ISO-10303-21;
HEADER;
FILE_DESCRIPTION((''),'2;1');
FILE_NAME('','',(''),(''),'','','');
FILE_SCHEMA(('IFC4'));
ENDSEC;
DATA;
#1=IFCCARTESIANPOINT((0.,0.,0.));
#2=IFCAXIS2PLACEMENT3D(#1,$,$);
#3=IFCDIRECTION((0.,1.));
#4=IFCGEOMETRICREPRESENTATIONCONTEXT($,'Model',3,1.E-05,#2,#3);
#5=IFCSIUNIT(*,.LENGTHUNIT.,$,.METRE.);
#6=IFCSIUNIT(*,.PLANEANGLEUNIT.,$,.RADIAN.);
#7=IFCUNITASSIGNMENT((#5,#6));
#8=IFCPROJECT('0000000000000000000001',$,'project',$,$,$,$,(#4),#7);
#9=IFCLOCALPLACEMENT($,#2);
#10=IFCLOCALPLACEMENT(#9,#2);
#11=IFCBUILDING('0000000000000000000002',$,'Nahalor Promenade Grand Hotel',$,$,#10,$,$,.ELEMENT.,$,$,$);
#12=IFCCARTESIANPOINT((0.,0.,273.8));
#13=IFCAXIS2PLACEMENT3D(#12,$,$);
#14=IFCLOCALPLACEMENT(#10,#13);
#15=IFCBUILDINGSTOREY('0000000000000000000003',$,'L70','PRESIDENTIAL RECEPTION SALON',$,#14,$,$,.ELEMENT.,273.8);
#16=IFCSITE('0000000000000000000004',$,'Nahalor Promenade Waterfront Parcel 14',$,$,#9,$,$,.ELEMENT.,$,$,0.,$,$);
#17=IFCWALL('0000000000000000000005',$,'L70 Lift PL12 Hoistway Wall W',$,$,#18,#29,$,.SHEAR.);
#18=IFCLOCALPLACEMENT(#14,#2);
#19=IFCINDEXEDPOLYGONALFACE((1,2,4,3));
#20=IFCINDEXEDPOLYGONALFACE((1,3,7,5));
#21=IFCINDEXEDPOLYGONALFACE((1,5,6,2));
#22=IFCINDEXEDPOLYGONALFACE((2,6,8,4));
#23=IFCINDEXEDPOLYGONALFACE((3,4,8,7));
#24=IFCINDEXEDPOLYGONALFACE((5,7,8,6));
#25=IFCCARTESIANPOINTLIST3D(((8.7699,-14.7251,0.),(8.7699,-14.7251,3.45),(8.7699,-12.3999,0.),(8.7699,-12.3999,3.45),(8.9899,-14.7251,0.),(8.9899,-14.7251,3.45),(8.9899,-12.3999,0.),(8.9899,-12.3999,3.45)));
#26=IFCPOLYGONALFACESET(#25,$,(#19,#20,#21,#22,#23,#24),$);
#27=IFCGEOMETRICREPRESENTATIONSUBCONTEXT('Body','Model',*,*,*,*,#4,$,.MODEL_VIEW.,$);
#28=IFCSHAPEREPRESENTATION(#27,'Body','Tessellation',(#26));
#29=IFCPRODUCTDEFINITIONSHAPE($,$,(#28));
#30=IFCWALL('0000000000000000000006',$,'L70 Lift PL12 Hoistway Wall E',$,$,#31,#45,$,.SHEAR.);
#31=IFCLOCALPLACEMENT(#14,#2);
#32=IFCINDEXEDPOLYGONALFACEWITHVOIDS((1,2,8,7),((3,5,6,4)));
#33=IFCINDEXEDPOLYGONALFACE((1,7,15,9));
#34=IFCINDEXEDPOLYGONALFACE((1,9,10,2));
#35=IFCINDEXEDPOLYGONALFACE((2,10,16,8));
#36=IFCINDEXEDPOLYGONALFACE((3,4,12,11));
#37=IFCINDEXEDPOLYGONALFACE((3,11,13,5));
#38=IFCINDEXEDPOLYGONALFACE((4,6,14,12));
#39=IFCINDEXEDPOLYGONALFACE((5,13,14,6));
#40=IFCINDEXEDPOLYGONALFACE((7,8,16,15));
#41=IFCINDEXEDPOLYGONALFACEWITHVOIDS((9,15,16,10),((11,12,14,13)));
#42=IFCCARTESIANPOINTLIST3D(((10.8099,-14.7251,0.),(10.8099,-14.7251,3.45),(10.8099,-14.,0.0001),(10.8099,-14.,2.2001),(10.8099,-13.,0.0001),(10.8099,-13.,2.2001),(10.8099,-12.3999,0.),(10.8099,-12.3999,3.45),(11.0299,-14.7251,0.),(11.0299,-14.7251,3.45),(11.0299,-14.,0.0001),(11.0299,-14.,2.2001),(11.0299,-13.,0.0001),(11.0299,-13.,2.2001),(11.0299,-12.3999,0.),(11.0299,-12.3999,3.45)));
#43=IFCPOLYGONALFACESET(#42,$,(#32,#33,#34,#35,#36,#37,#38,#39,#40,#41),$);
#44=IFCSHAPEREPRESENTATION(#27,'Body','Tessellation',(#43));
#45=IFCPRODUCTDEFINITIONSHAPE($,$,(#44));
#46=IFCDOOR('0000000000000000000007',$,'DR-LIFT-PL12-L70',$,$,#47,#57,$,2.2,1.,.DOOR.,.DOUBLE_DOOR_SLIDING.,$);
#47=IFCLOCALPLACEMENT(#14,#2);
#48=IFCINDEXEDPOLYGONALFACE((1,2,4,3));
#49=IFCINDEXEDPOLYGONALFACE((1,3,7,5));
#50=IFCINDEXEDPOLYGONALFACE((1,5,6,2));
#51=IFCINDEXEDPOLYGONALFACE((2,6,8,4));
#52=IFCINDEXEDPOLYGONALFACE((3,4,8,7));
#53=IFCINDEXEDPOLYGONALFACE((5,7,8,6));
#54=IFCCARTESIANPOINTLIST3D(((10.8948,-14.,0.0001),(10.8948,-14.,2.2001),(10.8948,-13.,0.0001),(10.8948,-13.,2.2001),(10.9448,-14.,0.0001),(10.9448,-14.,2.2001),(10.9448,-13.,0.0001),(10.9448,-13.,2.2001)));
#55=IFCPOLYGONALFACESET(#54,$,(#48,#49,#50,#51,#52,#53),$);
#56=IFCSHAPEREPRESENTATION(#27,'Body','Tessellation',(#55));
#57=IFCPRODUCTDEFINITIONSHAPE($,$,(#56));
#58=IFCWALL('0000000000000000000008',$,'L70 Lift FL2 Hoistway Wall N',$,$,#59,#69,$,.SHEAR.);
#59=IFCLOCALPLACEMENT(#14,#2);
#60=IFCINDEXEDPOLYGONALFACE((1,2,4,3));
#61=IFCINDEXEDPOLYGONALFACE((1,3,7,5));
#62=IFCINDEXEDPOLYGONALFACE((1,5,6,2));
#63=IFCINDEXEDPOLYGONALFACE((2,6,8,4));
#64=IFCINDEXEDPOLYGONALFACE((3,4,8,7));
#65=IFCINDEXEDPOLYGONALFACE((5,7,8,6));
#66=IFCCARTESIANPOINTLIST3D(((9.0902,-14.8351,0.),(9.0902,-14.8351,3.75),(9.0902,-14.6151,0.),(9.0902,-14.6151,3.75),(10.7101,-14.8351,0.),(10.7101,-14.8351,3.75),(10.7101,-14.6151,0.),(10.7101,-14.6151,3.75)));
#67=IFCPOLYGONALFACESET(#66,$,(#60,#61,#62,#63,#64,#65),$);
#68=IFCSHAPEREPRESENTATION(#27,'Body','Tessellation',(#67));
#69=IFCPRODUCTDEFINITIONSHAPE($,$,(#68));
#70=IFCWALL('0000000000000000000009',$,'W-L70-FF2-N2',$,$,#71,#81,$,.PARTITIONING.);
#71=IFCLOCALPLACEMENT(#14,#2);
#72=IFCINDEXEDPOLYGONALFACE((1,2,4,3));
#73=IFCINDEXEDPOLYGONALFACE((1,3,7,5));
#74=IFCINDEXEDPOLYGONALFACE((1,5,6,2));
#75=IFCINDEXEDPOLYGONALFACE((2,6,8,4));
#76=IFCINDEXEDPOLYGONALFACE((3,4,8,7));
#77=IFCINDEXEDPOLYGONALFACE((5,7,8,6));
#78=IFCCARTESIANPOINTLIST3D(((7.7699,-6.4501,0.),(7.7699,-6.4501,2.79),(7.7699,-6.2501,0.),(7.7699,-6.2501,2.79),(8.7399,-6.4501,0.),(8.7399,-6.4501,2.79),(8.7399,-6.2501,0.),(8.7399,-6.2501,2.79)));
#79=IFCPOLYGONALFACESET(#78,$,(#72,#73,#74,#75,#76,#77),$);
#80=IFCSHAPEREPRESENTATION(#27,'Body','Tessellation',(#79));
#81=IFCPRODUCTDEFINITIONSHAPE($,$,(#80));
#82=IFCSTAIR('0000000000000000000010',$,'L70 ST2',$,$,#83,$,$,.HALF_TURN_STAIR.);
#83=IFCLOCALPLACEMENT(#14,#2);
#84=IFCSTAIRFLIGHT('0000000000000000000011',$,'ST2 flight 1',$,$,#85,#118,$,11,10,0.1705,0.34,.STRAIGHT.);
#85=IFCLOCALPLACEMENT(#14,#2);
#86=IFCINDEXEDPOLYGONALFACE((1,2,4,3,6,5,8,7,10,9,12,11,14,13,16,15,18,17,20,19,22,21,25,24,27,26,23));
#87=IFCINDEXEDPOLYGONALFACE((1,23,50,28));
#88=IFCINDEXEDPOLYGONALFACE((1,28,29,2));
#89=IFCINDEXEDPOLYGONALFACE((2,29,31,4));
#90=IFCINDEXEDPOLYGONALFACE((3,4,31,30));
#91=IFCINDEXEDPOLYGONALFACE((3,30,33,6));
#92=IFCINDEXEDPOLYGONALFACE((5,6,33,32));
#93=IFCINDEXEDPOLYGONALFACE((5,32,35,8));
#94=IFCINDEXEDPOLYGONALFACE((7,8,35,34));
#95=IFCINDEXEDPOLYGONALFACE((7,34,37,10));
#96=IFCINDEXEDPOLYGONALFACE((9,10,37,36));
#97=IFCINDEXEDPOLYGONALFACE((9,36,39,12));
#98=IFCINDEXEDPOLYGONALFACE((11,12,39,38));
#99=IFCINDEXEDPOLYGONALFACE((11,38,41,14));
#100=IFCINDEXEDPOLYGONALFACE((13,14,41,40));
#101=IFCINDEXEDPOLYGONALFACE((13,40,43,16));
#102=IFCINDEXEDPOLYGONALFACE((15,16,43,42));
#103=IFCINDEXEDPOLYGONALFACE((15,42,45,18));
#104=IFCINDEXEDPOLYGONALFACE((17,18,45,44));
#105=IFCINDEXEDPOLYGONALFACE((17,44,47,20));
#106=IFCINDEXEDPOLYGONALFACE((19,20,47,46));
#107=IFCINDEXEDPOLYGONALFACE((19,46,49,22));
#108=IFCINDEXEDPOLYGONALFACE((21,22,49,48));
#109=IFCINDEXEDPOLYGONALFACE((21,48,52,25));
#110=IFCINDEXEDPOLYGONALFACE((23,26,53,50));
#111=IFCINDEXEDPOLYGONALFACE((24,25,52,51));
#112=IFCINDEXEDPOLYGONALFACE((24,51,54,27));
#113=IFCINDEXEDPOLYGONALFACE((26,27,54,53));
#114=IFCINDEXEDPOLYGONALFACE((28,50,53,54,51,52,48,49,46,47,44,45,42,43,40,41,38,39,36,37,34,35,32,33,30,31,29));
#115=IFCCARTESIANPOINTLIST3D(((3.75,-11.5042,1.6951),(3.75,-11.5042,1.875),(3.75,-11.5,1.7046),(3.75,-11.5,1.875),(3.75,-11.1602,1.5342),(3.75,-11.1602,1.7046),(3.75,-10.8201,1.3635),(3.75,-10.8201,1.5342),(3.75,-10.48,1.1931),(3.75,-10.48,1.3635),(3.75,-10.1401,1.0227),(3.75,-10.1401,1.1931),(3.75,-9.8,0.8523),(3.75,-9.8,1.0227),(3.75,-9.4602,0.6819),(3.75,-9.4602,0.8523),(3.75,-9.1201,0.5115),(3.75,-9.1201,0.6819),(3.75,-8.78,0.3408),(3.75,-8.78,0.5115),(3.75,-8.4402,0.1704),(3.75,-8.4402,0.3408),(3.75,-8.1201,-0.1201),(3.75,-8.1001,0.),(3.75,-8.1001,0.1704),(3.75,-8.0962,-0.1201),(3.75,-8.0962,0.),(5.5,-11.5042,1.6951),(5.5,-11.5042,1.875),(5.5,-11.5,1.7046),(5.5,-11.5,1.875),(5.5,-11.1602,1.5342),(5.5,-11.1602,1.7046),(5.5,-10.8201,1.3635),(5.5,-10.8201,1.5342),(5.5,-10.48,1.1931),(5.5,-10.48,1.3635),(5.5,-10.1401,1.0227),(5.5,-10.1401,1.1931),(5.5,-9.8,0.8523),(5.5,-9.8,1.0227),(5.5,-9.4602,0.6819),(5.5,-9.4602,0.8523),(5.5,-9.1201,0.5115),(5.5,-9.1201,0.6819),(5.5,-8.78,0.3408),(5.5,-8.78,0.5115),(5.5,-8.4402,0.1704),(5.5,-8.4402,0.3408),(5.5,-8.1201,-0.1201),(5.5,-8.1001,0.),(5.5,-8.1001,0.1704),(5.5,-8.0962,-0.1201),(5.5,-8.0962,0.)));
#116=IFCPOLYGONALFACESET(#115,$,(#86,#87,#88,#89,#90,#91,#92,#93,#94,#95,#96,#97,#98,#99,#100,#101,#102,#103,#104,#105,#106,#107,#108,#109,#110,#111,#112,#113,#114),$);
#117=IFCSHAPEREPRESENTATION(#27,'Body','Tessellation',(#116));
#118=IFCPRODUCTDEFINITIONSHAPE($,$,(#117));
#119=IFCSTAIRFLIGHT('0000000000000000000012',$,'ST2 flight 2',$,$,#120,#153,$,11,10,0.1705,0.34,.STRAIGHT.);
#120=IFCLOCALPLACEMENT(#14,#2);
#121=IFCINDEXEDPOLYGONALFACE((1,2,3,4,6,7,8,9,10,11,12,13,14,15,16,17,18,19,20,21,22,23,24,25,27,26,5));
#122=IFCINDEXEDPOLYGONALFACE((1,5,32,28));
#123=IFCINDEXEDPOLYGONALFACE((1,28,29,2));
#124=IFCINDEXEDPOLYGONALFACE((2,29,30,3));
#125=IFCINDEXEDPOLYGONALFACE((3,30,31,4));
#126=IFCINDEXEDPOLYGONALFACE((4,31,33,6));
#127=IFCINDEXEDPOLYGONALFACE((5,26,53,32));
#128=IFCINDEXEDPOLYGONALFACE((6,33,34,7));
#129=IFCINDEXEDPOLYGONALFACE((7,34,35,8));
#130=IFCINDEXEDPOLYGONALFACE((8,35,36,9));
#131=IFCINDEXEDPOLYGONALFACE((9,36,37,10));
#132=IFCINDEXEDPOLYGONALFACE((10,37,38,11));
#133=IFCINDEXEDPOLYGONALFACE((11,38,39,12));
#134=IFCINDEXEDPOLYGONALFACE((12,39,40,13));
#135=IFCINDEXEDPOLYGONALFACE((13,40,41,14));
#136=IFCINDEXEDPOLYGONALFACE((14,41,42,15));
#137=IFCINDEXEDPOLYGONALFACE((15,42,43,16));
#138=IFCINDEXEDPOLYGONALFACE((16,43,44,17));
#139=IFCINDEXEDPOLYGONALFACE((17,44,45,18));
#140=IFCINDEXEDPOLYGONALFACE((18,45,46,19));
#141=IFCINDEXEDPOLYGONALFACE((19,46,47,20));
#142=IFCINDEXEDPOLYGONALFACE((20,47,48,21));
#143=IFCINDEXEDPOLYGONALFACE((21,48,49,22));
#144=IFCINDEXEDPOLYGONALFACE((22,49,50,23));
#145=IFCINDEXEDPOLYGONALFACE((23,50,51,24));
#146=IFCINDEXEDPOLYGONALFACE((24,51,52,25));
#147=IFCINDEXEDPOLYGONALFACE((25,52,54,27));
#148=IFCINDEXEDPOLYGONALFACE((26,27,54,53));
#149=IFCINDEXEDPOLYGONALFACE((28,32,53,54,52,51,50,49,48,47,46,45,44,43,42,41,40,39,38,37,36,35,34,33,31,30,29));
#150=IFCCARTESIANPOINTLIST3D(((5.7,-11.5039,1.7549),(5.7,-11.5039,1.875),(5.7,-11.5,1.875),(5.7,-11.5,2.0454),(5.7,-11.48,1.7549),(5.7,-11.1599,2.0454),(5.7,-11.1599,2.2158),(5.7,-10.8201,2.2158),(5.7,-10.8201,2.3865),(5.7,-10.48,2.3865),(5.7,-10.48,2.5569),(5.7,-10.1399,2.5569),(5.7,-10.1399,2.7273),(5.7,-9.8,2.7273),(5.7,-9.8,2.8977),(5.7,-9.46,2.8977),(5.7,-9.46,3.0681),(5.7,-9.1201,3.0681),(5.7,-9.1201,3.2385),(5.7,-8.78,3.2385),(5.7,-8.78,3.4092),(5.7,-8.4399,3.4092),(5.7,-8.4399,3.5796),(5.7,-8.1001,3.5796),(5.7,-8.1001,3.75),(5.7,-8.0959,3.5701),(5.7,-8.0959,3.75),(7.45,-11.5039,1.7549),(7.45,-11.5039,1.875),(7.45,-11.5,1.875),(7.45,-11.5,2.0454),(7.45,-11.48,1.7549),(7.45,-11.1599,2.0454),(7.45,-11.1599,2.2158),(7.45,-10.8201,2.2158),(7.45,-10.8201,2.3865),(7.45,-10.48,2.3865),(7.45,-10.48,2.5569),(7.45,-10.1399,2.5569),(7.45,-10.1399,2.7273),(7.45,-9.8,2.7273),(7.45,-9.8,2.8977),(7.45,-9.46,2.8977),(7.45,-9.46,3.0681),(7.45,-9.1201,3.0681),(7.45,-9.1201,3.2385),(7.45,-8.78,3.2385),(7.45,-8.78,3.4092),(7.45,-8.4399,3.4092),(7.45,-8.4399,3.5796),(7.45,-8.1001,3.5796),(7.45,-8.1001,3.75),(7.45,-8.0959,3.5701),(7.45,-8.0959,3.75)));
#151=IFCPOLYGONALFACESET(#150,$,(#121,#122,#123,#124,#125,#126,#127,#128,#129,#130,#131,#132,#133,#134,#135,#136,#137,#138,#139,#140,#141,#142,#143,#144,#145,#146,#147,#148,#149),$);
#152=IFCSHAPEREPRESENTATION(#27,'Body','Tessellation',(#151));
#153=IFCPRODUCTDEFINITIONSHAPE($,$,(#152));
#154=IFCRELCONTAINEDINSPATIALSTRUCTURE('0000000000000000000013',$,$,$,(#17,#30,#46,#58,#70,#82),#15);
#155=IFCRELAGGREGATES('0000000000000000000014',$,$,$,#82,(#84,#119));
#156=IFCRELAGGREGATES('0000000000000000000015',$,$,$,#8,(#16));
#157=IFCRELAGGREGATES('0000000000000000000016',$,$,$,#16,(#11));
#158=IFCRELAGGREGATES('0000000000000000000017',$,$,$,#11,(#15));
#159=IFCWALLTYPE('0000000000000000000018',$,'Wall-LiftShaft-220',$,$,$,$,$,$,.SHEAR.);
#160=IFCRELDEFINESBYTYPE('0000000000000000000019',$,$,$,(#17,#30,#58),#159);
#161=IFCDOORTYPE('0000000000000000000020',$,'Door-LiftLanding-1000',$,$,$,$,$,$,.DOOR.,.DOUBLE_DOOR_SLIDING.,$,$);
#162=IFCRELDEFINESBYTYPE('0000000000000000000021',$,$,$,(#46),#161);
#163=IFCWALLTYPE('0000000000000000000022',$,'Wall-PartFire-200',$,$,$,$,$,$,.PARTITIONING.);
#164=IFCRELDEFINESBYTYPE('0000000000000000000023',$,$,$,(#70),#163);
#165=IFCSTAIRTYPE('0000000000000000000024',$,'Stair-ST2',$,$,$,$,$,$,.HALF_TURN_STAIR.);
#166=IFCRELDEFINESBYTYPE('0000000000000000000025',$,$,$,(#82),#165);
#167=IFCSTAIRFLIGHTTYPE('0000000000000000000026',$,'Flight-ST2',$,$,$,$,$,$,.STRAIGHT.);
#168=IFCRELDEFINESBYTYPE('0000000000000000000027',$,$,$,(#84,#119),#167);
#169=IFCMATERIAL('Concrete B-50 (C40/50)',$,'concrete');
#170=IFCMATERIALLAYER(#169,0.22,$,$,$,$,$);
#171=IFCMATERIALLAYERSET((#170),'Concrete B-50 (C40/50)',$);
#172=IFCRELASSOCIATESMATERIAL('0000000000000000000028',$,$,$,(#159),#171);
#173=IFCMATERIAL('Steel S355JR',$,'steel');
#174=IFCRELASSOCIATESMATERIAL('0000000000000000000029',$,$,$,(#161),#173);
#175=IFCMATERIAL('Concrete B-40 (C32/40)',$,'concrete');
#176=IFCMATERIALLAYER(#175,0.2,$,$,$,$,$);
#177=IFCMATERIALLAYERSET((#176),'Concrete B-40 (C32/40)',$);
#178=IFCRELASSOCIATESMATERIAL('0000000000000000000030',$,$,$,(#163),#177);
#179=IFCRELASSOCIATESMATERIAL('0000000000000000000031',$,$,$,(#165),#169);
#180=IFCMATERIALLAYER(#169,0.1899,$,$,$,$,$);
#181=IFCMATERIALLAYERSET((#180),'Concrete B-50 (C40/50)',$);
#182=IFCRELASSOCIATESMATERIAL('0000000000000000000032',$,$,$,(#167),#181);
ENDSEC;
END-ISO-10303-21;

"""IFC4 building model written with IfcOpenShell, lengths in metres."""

from ifc_helpers import new_model, si_unit, direction, frame, frame_2d, origin, place, context, subcontext, project, spatial, polyline, rectangle, outline, extrude, source, transform, mapped, material, layer, layer_set, type_object, element, fill, aggregate, save


model = new_model("IFC4")

# Units and contexts
model_context = context("Model", 3, precision=1e-05, world=origin(), true_north=direction((0.0, 1.0)))
body_context = subcontext(model_context, "Body", "Model", "MODEL_VIEW")
ifc_project = project(units=[si_unit("LENGTHUNIT", "METRE"), si_unit("PLANEANGLEUNIT", "RADIAN")], contexts=[model_context])

# Site, building, storey
site_placement = place(None, origin())
site = spatial("IfcSite", under=ifc_project, at=site_placement, Name="Nahalor Promenade Waterfront Parcel 14", CompositionType="ELEMENT", RefElevation=0.0)
building_placement = place(site_placement, origin())
building = spatial("IfcBuilding", under=site, at=building_placement, Name="Nahalor Promenade Grand Hotel", CompositionType="ELEMENT")
storey_placement = place(building_placement, frame((0.0, 0.0, 273.8)))
storey = spatial("IfcBuildingStorey", under=building, at=storey_placement, Name="L70", Description="PRESIDENTIAL RECEPTION SALON", CompositionType="ELEMENT", Elevation=273.8)

# Shared definitions
ifc_material_1 = material(Name="Steel S355JR", Category="steel")

# Wall
ifc_material_2 = material(Name="Concrete B-50 (C40/50)", Category="concrete")
ifc_layer_1 = layer(ifc_material_2, 0.22)
ifc_layer_set_1 = layer_set([ifc_layer_1], Name="Concrete B-50 (C40/50)")
wall_type_1 = type_object("IfcWallType", Name="Wall-LiftShaft-220", PredefinedType="SHEAR", material=ifc_layer_set_1)
shared_shape_1 = source(origin(), body_context, "Body", "SweptSolid", [
    extrude(rectangle(XDim=2.3252, YDim=0.22, at=frame_2d((1.1626, 0.0))), origin(), (0.0, 0.0, 1.0), 3.45),
])
wall_1_placement = place(storey_placement, frame((8.8799, -14.7251, 0.0), z_axis=(0.0, 0.0, 1.0), x_axis=(0.0, 1.0, 0.0)))
element("IfcWall", 1, at=wall_1_placement, inside=storey, type_object=wall_type_1, Name="L70 Lift PL12 Hoistway Wall W", PredefinedType="SHEAR", context=body_context, shape_type="MappedRepresentation", body=[
    mapped(shared_shape_1, transform((0.0, 0.0, 0.0), scale=1.0)),
])

# Wall, opening, door
wall_2_placement = place(storey_placement, frame((10.9199, -14.7251, 0.0), z_axis=(0.0, 0.0, 1.0), x_axis=(0.0, 1.0, 0.0)))
wall_2 = element("IfcWall", 2, at=wall_2_placement, inside=storey, type_object=wall_type_1, Name="L70 Lift PL12 Hoistway Wall E", PredefinedType="SHEAR", context=body_context, shape_type="MappedRepresentation", body=[
    mapped(shared_shape_1, transform((0.0, 0.0, 0.0), scale=1.0)),
])
opening_placement = place(wall_2_placement, frame((0.7251, 0.0, 0.0)))
opening = element("IfcOpeningElement", 3, at=opening_placement, cuts=wall_2, PredefinedType="OPENING", context=body_context, shape_type="SweptSolid", body=[
    extrude(rectangle(XDim=1.0, YDim=2.2, at=frame_2d((0.5, 1.1001))), frame((0.0, 0.1199, 0.0), z_axis=(0.0, -1.0, 0.0), x_axis=(1.0, 0.0, 0.0)), (0.0, 0.0, 1.0), 0.24),
])
door_type = type_object("IfcDoorType", Name="Door-LiftLanding-1000", OperationType="DOUBLE_DOOR_SLIDING", PredefinedType="DOOR", material=ifc_material_1)
shared_shape_2 = source(origin(), body_context, "Body", "SweptSolid", [
    extrude(rectangle(XDim=1.0, YDim=2.2, at=frame_2d((0.5, 1.1001))), frame((0.0, 0.0249, 0.0), z_axis=(0.0, -1.0, 0.0), x_axis=(1.0, 0.0, 0.0)), (0.0, 0.0, 1.0), 0.05),
])
door_placement = place(opening_placement, frame((1.0, 0.0, 0.0), z_axis=(0.0, 0.0, 1.0), x_axis=(-1.0, 0.0, 0.0)))
door = element("IfcDoor", 4, at=door_placement, inside=storey, type_object=door_type, Name="DR-LIFT-PL12-L70", OperationType="DOUBLE_DOOR_SLIDING", OverallHeight=2.2, OverallWidth=1.0, PredefinedType="DOOR", context=body_context, shape_type="MappedRepresentation", body=[
    mapped(shared_shape_2, transform((0.0, 0.0, 0.0), scale=1.0)),
])
fill(opening, door)

# Walls
shared_shape_3 = source(origin(), body_context, "Body", "SweptSolid", [
    extrude(rectangle(XDim=1.6199, YDim=0.22, at=frame_2d((0.8101, 0.0))), origin(), (0.0, 0.0, 1.0), 3.75),
])
wall_3_placement = place(storey_placement, frame((9.0901, -14.7251, 0.0), z_axis=(0.0, 0.0, 1.0), x_axis=(1.0, 0.0, 0.0)))
element("IfcWall", 5, at=wall_3_placement, inside=storey, type_object=wall_type_1, Name="L70 Lift FL2 Hoistway Wall N", PredefinedType="SHEAR", context=body_context, shape_type="MappedRepresentation", body=[
    mapped(shared_shape_3, transform((0.0, 0.0, 0.0), scale=1.0)),
])
ifc_material_3 = material(Name="Concrete B-40 (C32/40)", Category="concrete")
ifc_layer_2 = layer(ifc_material_3, 0.2)
ifc_layer_set_2 = layer_set([ifc_layer_2], Name="Concrete B-40 (C32/40)")
wall_type_2 = type_object("IfcWallType", Name="Wall-PartFire-200", PredefinedType="PARTITIONING", material=ifc_layer_set_2)
shared_shape_4 = source(origin(), body_context, "Body", "SweptSolid", [
    extrude(rectangle(XDim=0.97, YDim=0.2, at=frame_2d((0.4849, 0.0))), origin(), (0.0, 0.0, 1.0), 2.79),
])
wall_4_placement = place(storey_placement, frame((7.77, -6.3501, 0.0), z_axis=(0.0, 0.0, 1.0), x_axis=(1.0, 0.0, 0.0)))
element("IfcWall", 6, at=wall_4_placement, inside=storey, type_object=wall_type_2, Name="W-L70-FF2-N2", PredefinedType="PARTITIONING", context=body_context, shape_type="MappedRepresentation", body=[
    mapped(shared_shape_4, transform((0.0, 0.0, 0.0), scale=1.0)),
])

# Stair, stair flights
stair_type = type_object("IfcStairType", Name="Stair-ST2", PredefinedType="HALF_TURN_STAIR", material=ifc_material_2)
stair_placement = place(storey_placement, origin())
stair = element("IfcStair", 7, at=stair_placement, inside=storey, type_object=stair_type, Name="L70 ST2", PredefinedType="HALF_TURN_STAIR")
ifc_layer_3 = layer(ifc_material_2, 0.1899)
ifc_layer_set_3 = layer_set([ifc_layer_3], Name="Concrete B-50 (C40/50)")
stair_flight_type = type_object("IfcStairFlightType", Name="Flight-ST2", PredefinedType="STRAIGHT", material=ifc_layer_set_3)
shared_shape_5 = source(origin(), body_context, "Body", "SweptSolid", [
    extrude(outline(polyline([(-0.0039, -0.1201), (-0.0039, 0.0), (0.0, 0.0), (0.0, 0.1704), (0.3401, 0.1704), (0.3401, 0.3408), (0.6799, 0.3408), (0.6799, 0.5115), (1.02, 0.5115), (1.02, 0.6819), (1.3601, 0.6819), (1.3601, 0.8523), (1.7, 0.8523), (1.7, 1.0227), (2.04, 1.0227), (2.04, 1.1931), (2.3799, 1.1931), (2.3799, 1.3635), (2.72, 1.3635), (2.72, 1.5342), (3.0601, 1.5342), (3.0601, 1.7046), (3.3999, 1.7046), (3.3999, 1.875), (3.4041, 1.875), (3.4041, 1.6951), (0.02, -0.1201), (-0.0039, -0.1201)])), frame((0.0, 0.875, 0.0), z_axis=(0.0, -1.0, 0.0), x_axis=(1.0, 0.0, 0.0)), (0.0, 0.0, 1.0), 1.75),
])
stair_flight_1_placement = place(storey_placement, frame((4.625, -8.1001, 0.0), z_axis=(0.0, 0.0, 1.0), x_axis=(0.0, -1.0, 0.0)))
stair_flight_1 = element("IfcStairFlight", 8, at=stair_flight_1_placement, type_object=stair_flight_type, Name="ST2 flight 1", NumberOfRisers=11, NumberOfTreads=10, PredefinedType="STRAIGHT", RiserHeight=0.1705, TreadLength=0.34, context=body_context, shape_type="MappedRepresentation", body=[
    mapped(shared_shape_5, transform((0.0, 0.0, 0.0), scale=1.0)),
])
stair_flight_2_placement = place(storey_placement, frame((6.575, -11.5, 1.875), z_axis=(0.0, 0.0, 1.0), x_axis=(0.0, 1.0, 0.0)))
stair_flight_2 = element("IfcStairFlight", 9, at=stair_flight_2_placement, type_object=stair_flight_type, Name="ST2 flight 2", NumberOfRisers=11, NumberOfTreads=10, PredefinedType="STRAIGHT", RiserHeight=0.1705, TreadLength=0.34, context=body_context, shape_type="MappedRepresentation", body=[
    mapped(shared_shape_5, transform((0.0, 0.0, 0.0), scale=1.0)),
])
aggregate(stair, [stair_flight_1, stair_flight_2])

save(model, "model.ifc")
